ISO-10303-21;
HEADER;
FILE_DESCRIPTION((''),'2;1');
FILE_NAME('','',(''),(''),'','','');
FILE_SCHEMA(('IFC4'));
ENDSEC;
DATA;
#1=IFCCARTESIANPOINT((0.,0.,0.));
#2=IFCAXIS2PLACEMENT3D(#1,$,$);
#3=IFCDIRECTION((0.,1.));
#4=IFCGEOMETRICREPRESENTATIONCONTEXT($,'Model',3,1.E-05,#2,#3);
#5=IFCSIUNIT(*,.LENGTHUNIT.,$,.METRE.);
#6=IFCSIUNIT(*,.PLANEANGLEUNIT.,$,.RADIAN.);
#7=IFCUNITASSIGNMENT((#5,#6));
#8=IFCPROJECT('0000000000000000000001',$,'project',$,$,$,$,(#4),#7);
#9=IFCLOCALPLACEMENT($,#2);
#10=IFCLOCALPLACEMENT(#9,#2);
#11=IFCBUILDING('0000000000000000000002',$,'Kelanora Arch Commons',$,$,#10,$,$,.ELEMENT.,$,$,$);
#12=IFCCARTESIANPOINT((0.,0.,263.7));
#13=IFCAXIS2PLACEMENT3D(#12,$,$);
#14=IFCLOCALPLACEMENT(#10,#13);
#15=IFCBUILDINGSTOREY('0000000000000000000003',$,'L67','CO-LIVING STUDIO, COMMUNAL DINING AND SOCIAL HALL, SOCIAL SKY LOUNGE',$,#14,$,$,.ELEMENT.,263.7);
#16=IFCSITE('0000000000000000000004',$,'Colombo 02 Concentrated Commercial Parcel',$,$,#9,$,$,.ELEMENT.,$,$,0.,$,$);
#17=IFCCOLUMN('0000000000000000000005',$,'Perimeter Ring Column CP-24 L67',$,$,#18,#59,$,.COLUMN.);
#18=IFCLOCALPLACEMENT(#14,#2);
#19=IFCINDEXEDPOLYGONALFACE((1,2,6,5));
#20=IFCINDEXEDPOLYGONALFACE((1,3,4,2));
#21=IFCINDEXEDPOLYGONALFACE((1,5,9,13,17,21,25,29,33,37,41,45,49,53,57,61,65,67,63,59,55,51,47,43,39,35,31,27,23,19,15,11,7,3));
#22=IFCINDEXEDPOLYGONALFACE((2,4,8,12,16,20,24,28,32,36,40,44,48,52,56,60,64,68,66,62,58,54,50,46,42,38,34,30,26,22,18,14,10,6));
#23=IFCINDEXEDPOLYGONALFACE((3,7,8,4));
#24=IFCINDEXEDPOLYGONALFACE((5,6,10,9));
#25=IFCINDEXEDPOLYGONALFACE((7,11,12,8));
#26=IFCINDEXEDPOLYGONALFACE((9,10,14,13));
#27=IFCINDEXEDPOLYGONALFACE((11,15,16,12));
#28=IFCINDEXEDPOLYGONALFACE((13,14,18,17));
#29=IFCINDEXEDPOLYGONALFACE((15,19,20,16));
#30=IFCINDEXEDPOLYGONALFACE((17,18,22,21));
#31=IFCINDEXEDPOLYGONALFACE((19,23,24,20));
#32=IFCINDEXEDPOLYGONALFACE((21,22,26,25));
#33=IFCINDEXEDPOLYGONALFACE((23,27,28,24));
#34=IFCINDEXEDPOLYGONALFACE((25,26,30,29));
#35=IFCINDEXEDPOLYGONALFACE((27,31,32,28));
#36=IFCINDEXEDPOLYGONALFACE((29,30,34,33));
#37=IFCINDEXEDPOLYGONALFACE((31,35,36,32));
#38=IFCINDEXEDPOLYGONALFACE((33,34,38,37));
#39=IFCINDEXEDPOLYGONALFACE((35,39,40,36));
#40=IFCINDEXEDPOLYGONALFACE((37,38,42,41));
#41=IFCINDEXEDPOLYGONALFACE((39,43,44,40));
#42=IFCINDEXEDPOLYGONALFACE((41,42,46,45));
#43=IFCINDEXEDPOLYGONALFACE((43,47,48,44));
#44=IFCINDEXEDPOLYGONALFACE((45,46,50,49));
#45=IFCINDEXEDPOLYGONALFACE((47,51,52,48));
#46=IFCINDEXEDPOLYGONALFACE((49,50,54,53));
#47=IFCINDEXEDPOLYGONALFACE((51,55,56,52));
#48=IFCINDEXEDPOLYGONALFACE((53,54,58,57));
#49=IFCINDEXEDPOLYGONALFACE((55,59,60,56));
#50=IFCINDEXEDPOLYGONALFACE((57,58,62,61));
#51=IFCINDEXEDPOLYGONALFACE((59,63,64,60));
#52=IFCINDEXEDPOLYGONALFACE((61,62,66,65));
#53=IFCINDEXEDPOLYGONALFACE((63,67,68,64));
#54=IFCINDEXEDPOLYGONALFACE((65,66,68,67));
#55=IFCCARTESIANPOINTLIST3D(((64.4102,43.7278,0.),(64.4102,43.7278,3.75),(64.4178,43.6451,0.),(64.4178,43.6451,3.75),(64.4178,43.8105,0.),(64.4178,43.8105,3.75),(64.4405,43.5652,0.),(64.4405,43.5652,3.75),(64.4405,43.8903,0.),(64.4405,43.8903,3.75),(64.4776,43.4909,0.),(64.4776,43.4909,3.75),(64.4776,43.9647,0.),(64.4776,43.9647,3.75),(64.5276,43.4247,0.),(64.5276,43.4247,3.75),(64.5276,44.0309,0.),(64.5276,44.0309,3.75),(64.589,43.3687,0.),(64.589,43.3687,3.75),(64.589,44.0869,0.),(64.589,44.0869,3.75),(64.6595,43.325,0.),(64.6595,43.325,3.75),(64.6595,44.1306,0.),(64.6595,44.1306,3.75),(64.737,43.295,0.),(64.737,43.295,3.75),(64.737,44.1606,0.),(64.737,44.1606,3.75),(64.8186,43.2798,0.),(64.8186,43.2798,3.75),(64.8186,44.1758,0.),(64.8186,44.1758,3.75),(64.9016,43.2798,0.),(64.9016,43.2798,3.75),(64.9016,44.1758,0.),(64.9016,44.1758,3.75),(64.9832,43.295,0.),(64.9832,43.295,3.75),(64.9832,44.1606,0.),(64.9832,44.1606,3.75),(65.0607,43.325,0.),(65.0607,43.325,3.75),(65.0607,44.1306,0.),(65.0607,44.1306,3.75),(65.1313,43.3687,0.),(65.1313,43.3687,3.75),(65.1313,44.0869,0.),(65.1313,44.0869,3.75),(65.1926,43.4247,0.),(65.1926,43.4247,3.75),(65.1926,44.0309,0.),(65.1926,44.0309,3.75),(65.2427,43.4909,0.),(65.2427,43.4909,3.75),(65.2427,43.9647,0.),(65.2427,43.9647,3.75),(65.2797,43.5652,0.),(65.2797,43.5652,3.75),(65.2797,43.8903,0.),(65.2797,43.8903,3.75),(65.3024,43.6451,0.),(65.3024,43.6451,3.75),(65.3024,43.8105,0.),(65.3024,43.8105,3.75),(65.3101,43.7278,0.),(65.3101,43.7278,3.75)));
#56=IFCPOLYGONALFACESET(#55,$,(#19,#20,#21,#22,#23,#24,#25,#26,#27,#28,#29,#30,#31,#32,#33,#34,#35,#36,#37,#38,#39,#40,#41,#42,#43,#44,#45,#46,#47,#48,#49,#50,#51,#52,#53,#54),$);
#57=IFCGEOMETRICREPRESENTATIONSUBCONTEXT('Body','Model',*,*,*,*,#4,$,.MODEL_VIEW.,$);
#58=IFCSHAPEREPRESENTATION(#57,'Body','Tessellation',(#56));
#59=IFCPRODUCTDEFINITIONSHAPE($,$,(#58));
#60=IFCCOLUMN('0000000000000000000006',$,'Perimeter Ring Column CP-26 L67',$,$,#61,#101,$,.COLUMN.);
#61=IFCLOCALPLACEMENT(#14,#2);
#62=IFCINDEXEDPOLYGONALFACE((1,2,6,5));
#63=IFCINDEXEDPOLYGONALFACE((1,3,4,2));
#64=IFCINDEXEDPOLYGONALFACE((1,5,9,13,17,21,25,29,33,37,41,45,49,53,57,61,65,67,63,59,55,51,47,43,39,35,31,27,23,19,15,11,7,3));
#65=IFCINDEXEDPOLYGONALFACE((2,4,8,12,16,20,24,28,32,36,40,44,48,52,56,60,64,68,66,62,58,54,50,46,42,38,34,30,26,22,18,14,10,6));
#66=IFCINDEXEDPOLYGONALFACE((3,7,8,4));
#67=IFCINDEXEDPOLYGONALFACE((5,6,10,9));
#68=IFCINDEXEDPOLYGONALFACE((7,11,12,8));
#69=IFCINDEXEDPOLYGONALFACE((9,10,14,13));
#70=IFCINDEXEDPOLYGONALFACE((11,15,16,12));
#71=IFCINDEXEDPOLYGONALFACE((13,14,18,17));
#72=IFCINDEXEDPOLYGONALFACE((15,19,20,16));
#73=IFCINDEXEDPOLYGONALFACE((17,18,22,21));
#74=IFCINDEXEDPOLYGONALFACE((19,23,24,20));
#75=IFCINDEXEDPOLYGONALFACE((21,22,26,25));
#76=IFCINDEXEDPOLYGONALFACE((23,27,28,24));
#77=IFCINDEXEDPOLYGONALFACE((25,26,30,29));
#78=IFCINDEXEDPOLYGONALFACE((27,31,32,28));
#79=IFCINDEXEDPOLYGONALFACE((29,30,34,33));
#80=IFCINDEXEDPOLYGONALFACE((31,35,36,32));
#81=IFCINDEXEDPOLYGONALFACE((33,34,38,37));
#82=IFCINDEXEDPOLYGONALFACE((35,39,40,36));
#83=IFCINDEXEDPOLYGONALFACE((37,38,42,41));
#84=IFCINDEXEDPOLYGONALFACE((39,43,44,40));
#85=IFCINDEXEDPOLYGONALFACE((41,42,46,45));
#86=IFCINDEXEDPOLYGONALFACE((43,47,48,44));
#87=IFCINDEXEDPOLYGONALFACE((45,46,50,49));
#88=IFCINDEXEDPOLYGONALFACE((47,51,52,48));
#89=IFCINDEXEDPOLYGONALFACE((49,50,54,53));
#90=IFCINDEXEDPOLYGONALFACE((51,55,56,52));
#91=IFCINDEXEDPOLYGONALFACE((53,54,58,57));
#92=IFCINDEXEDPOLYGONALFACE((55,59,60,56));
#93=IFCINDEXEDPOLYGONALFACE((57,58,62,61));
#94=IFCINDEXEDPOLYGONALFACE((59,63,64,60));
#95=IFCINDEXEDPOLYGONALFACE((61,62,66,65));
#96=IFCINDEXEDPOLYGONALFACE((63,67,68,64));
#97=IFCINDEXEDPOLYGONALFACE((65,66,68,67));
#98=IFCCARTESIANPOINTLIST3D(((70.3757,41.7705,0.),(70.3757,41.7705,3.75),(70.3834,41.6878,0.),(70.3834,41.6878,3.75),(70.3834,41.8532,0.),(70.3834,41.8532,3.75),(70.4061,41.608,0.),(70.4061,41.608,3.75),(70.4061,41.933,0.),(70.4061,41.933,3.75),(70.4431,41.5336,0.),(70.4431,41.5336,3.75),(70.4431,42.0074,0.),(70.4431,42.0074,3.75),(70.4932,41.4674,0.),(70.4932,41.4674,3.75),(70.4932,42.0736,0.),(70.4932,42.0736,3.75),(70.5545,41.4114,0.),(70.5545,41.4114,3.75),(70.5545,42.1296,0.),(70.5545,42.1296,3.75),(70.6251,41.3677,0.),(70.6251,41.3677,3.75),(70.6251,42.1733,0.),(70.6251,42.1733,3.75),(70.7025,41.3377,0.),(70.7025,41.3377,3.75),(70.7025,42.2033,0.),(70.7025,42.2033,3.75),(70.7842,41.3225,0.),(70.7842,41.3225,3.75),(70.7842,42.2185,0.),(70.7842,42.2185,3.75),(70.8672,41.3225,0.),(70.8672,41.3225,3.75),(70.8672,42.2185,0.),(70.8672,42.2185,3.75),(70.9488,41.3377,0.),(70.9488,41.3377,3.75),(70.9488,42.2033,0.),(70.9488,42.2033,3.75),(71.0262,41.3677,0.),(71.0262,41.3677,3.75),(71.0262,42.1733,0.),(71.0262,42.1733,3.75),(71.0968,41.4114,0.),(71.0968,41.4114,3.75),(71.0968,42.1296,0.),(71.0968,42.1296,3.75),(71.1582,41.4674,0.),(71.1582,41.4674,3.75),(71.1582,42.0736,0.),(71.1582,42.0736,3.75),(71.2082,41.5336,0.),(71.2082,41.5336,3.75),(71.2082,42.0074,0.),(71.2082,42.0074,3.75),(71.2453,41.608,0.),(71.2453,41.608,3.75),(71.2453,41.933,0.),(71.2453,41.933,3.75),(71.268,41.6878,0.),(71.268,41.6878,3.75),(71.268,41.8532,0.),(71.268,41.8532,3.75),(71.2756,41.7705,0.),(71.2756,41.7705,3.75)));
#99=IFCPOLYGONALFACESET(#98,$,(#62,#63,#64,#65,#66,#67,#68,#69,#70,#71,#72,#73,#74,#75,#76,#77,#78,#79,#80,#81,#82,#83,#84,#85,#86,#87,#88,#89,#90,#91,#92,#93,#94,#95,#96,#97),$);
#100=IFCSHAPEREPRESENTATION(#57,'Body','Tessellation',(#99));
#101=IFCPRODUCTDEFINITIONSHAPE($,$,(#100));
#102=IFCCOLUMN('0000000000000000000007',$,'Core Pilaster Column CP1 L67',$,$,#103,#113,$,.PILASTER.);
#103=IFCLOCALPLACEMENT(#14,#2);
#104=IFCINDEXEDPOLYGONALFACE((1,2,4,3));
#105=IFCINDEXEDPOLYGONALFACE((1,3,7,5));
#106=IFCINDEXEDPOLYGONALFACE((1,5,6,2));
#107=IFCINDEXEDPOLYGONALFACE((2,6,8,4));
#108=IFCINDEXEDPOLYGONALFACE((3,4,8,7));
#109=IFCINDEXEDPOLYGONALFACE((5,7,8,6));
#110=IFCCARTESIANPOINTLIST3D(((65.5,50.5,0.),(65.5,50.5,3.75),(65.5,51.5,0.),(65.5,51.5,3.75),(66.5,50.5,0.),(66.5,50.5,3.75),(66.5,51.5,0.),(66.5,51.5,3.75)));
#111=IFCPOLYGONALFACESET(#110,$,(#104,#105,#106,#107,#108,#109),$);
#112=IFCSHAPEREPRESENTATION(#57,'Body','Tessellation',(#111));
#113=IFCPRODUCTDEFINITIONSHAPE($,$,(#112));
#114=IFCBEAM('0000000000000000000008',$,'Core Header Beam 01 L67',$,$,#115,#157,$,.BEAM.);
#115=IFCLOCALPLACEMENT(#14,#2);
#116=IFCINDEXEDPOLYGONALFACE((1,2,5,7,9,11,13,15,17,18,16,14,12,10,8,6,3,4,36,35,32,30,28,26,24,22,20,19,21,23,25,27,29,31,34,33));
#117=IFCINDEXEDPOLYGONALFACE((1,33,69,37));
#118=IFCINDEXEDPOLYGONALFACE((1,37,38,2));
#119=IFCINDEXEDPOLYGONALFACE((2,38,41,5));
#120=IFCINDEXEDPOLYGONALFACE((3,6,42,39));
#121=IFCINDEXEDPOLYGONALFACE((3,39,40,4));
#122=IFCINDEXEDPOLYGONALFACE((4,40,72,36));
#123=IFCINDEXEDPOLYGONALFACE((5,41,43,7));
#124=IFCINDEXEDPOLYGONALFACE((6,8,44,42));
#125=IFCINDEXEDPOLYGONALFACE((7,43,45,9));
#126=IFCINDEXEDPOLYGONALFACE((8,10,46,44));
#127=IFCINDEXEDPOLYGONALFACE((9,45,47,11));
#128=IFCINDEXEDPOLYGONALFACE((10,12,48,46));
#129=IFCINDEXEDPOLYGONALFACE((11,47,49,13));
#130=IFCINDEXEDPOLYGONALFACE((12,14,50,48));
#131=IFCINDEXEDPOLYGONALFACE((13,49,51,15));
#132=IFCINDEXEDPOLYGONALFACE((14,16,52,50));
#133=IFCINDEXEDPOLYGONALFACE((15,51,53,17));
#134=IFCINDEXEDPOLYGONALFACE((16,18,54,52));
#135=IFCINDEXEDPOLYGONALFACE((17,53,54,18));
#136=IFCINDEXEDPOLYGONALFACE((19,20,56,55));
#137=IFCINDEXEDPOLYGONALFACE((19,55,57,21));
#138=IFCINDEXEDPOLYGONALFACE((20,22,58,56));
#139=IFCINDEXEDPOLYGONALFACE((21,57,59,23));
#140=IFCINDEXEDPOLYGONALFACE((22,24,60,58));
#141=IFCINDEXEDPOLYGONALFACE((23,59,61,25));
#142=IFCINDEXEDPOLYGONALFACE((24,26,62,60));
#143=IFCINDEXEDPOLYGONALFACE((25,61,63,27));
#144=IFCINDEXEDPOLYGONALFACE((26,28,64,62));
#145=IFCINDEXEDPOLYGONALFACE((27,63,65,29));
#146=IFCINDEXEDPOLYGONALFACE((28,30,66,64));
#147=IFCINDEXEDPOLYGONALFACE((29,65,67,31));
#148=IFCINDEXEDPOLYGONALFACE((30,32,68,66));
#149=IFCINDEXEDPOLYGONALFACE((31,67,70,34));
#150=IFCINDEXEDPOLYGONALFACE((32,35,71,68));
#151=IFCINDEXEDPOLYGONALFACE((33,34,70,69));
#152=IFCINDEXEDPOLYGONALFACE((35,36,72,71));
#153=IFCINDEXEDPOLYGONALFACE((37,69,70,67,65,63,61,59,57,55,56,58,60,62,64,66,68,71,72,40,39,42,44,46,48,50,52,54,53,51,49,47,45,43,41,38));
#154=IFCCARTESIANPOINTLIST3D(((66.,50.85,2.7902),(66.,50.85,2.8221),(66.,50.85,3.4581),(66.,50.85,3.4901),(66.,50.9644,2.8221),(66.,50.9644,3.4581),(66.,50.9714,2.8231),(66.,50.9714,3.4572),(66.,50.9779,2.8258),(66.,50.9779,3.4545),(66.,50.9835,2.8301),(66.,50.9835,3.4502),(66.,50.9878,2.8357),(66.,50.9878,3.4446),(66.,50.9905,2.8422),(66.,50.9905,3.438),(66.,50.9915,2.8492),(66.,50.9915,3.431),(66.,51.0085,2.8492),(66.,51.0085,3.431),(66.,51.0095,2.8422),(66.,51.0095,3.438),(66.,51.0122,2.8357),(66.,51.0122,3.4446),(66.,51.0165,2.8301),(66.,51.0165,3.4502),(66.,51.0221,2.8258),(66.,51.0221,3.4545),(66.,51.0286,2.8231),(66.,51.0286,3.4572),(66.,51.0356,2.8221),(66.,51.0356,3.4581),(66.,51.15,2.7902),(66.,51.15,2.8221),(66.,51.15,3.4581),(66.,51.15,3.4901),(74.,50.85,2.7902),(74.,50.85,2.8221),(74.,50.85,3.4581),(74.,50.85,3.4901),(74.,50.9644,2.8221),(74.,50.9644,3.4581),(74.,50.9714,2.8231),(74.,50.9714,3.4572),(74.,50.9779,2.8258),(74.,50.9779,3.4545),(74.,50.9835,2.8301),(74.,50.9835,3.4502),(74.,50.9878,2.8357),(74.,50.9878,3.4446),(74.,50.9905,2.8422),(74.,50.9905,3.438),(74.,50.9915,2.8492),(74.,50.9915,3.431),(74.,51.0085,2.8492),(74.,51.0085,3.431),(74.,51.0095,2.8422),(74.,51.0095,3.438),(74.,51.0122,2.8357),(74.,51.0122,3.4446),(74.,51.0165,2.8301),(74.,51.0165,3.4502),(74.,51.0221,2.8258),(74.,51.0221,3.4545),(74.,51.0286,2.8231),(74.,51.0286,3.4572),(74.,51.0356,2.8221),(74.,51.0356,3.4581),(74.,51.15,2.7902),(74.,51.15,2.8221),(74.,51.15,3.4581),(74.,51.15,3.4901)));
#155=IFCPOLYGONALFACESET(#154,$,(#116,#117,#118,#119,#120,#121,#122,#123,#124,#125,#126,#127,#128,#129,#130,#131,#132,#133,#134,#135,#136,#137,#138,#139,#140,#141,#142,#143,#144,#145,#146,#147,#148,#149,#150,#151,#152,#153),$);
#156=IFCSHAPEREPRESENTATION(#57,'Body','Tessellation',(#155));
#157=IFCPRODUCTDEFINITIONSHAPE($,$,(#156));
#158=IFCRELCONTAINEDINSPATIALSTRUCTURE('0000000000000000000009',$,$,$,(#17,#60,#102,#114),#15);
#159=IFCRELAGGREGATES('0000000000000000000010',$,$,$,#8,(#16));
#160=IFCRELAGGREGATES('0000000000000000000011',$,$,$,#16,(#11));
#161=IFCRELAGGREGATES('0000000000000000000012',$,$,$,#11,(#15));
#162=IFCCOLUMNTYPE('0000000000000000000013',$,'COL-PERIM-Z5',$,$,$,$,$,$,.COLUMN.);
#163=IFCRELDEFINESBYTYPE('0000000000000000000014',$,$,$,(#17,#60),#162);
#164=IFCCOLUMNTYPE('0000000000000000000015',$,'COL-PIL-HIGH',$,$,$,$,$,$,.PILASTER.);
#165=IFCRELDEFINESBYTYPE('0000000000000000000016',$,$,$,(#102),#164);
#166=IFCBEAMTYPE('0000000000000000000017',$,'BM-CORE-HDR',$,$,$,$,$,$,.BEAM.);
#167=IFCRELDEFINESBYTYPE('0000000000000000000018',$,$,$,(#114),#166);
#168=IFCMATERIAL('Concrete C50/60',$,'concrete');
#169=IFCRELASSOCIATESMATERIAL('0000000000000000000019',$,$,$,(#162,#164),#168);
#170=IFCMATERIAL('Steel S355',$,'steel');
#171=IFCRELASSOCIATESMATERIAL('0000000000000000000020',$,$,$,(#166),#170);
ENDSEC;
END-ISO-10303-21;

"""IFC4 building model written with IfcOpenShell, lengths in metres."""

from ifc_helpers import new_model, si_unit, direction, frame, origin, origin_2d, place, context, subcontext, project, spatial, rectangle, circle, i_section, extrude, material, material_profile, profile_set, type_object, element, save


model = new_model("IFC4")

# Units and contexts
model_context = context("Model", 3, precision=1e-05, world=origin(), true_north=direction((0.0, 1.0)))
body_context = subcontext(model_context, "Body", "Model", "MODEL_VIEW")
ifc_project = project(units=[si_unit("LENGTHUNIT", "METRE"), si_unit("PLANEANGLEUNIT", "RADIAN")], contexts=[model_context])

# Site, building, storey
site_placement = place(None, origin())
site = spatial("IfcSite", under=ifc_project, at=site_placement, Name="Colombo 02 Concentrated Commercial Parcel", CompositionType="ELEMENT", RefElevation=0.0)
building_placement = place(site_placement, origin())
building = spatial("IfcBuilding", under=site, at=building_placement, Name="Kelanora Arch Commons", CompositionType="ELEMENT")
storey_placement = place(building_placement, frame((0.0, 0.0, 263.7)))
storey = spatial("IfcBuildingStorey", under=building, at=storey_placement, Name="L67", Description="CO-LIVING STUDIO, COMMUNAL DINING AND SOCIAL HALL, SOCIAL SKY LOUNGE", CompositionType="ELEMENT", Elevation=263.7)

# Columns
ifc_material_1 = material(Name="Concrete C50/60", Category="concrete")
ifc_material_profile_1 = material_profile(ifc_material_1, circle(Radius=0.45, at=origin_2d()), Name="RCC900")
ifc_profile_set_1 = profile_set([ifc_material_profile_1], Name="Concrete C50/60")
column_type_1 = type_object("IfcColumnType", Name="COL-PERIM-Z5", PredefinedType="COLUMN", material=ifc_profile_set_1)
for number, where, z_axis, x_axis, name in (
    (1, (64.8601, 43.7278, 0.0), (0.0, 0.0, 1.0), (1.0, 0.0, 0.0), "Perimeter Ring Column CP-24 L67"),
    (2, (70.8257, 41.7705, 0.0), (0.0, 0.0, 1.0), (1.0, 0.0, 0.0), "Perimeter Ring Column CP-26 L67"),
):
    element("IfcColumn", number, at=place(storey_placement, frame(where, z_axis=z_axis, x_axis=x_axis)), inside=storey, type_object=column_type_1, Name=name, PredefinedType="COLUMN", context=body_context, shape_type="SweptSolid", body=[
        extrude(circle(Radius=0.45, at=origin_2d()), origin(), (0.0, 0.0, 1.0), 3.75),
    ])
ifc_material_profile_2 = material_profile(ifc_material_1, rectangle(XDim=1.0, YDim=1.0, at=origin_2d()), Name="RC1000x1000")
ifc_profile_set_2 = profile_set([ifc_material_profile_2], Name="Concrete C50/60")
column_type_2 = type_object("IfcColumnType", Name="COL-PIL-HIGH", PredefinedType="PILASTER", material=ifc_profile_set_2)
column_placement = place(storey_placement, frame((66.0, 51.0, 0.0), z_axis=(0.0, 0.0, 1.0), x_axis=(1.0, 0.0, 0.0)))
element("IfcColumn", 3, at=column_placement, inside=storey, type_object=column_type_2, Name="Core Pilaster Column CP1 L67", PredefinedType="PILASTER", context=body_context, shape_type="SweptSolid", body=[
    extrude(rectangle(XDim=1.0, YDim=1.0, at=origin_2d()), origin(), (0.0, 0.0, 1.0), 3.75),
])

# Beam
ifc_material_2 = material(Name="Steel S355", Category="steel")
ifc_material_profile_3 = material_profile(ifc_material_2, i_section(OverallWidth=0.3, OverallDepth=0.7, WebThickness=0.0171, FlangeThickness=0.032, FilletRadius=0.0271, at=origin_2d()), Name="HEB700")
ifc_profile_set_3 = profile_set([ifc_material_profile_3], Name="Steel S355")
beam_type_1 = type_object("IfcBeamType", Name="BM-CORE-HDR", PredefinedType="BEAM", material=ifc_profile_set_3)
beam_1_placement = place(storey_placement, frame((66.0, 51.0, 3.1401), z_axis=(1.0, 0.0, 0.0), x_axis=(0.0, 1.0, 0.0)))
element("IfcBeam", 4, at=beam_1_placement, inside=storey, type_object=beam_type_1, Name="Core Header Beam 01 L67", PredefinedType="BEAM", context=body_context, shape_type="SweptSolid", body=[
    extrude(i_section(OverallWidth=0.3, OverallDepth=0.7, WebThickness=0.0171, FlangeThickness=0.032, FilletRadius=0.0271, at=origin_2d()), origin(), (0.0, 0.0, 1.0), 8.0),
])

save(model, "model.ifc")
